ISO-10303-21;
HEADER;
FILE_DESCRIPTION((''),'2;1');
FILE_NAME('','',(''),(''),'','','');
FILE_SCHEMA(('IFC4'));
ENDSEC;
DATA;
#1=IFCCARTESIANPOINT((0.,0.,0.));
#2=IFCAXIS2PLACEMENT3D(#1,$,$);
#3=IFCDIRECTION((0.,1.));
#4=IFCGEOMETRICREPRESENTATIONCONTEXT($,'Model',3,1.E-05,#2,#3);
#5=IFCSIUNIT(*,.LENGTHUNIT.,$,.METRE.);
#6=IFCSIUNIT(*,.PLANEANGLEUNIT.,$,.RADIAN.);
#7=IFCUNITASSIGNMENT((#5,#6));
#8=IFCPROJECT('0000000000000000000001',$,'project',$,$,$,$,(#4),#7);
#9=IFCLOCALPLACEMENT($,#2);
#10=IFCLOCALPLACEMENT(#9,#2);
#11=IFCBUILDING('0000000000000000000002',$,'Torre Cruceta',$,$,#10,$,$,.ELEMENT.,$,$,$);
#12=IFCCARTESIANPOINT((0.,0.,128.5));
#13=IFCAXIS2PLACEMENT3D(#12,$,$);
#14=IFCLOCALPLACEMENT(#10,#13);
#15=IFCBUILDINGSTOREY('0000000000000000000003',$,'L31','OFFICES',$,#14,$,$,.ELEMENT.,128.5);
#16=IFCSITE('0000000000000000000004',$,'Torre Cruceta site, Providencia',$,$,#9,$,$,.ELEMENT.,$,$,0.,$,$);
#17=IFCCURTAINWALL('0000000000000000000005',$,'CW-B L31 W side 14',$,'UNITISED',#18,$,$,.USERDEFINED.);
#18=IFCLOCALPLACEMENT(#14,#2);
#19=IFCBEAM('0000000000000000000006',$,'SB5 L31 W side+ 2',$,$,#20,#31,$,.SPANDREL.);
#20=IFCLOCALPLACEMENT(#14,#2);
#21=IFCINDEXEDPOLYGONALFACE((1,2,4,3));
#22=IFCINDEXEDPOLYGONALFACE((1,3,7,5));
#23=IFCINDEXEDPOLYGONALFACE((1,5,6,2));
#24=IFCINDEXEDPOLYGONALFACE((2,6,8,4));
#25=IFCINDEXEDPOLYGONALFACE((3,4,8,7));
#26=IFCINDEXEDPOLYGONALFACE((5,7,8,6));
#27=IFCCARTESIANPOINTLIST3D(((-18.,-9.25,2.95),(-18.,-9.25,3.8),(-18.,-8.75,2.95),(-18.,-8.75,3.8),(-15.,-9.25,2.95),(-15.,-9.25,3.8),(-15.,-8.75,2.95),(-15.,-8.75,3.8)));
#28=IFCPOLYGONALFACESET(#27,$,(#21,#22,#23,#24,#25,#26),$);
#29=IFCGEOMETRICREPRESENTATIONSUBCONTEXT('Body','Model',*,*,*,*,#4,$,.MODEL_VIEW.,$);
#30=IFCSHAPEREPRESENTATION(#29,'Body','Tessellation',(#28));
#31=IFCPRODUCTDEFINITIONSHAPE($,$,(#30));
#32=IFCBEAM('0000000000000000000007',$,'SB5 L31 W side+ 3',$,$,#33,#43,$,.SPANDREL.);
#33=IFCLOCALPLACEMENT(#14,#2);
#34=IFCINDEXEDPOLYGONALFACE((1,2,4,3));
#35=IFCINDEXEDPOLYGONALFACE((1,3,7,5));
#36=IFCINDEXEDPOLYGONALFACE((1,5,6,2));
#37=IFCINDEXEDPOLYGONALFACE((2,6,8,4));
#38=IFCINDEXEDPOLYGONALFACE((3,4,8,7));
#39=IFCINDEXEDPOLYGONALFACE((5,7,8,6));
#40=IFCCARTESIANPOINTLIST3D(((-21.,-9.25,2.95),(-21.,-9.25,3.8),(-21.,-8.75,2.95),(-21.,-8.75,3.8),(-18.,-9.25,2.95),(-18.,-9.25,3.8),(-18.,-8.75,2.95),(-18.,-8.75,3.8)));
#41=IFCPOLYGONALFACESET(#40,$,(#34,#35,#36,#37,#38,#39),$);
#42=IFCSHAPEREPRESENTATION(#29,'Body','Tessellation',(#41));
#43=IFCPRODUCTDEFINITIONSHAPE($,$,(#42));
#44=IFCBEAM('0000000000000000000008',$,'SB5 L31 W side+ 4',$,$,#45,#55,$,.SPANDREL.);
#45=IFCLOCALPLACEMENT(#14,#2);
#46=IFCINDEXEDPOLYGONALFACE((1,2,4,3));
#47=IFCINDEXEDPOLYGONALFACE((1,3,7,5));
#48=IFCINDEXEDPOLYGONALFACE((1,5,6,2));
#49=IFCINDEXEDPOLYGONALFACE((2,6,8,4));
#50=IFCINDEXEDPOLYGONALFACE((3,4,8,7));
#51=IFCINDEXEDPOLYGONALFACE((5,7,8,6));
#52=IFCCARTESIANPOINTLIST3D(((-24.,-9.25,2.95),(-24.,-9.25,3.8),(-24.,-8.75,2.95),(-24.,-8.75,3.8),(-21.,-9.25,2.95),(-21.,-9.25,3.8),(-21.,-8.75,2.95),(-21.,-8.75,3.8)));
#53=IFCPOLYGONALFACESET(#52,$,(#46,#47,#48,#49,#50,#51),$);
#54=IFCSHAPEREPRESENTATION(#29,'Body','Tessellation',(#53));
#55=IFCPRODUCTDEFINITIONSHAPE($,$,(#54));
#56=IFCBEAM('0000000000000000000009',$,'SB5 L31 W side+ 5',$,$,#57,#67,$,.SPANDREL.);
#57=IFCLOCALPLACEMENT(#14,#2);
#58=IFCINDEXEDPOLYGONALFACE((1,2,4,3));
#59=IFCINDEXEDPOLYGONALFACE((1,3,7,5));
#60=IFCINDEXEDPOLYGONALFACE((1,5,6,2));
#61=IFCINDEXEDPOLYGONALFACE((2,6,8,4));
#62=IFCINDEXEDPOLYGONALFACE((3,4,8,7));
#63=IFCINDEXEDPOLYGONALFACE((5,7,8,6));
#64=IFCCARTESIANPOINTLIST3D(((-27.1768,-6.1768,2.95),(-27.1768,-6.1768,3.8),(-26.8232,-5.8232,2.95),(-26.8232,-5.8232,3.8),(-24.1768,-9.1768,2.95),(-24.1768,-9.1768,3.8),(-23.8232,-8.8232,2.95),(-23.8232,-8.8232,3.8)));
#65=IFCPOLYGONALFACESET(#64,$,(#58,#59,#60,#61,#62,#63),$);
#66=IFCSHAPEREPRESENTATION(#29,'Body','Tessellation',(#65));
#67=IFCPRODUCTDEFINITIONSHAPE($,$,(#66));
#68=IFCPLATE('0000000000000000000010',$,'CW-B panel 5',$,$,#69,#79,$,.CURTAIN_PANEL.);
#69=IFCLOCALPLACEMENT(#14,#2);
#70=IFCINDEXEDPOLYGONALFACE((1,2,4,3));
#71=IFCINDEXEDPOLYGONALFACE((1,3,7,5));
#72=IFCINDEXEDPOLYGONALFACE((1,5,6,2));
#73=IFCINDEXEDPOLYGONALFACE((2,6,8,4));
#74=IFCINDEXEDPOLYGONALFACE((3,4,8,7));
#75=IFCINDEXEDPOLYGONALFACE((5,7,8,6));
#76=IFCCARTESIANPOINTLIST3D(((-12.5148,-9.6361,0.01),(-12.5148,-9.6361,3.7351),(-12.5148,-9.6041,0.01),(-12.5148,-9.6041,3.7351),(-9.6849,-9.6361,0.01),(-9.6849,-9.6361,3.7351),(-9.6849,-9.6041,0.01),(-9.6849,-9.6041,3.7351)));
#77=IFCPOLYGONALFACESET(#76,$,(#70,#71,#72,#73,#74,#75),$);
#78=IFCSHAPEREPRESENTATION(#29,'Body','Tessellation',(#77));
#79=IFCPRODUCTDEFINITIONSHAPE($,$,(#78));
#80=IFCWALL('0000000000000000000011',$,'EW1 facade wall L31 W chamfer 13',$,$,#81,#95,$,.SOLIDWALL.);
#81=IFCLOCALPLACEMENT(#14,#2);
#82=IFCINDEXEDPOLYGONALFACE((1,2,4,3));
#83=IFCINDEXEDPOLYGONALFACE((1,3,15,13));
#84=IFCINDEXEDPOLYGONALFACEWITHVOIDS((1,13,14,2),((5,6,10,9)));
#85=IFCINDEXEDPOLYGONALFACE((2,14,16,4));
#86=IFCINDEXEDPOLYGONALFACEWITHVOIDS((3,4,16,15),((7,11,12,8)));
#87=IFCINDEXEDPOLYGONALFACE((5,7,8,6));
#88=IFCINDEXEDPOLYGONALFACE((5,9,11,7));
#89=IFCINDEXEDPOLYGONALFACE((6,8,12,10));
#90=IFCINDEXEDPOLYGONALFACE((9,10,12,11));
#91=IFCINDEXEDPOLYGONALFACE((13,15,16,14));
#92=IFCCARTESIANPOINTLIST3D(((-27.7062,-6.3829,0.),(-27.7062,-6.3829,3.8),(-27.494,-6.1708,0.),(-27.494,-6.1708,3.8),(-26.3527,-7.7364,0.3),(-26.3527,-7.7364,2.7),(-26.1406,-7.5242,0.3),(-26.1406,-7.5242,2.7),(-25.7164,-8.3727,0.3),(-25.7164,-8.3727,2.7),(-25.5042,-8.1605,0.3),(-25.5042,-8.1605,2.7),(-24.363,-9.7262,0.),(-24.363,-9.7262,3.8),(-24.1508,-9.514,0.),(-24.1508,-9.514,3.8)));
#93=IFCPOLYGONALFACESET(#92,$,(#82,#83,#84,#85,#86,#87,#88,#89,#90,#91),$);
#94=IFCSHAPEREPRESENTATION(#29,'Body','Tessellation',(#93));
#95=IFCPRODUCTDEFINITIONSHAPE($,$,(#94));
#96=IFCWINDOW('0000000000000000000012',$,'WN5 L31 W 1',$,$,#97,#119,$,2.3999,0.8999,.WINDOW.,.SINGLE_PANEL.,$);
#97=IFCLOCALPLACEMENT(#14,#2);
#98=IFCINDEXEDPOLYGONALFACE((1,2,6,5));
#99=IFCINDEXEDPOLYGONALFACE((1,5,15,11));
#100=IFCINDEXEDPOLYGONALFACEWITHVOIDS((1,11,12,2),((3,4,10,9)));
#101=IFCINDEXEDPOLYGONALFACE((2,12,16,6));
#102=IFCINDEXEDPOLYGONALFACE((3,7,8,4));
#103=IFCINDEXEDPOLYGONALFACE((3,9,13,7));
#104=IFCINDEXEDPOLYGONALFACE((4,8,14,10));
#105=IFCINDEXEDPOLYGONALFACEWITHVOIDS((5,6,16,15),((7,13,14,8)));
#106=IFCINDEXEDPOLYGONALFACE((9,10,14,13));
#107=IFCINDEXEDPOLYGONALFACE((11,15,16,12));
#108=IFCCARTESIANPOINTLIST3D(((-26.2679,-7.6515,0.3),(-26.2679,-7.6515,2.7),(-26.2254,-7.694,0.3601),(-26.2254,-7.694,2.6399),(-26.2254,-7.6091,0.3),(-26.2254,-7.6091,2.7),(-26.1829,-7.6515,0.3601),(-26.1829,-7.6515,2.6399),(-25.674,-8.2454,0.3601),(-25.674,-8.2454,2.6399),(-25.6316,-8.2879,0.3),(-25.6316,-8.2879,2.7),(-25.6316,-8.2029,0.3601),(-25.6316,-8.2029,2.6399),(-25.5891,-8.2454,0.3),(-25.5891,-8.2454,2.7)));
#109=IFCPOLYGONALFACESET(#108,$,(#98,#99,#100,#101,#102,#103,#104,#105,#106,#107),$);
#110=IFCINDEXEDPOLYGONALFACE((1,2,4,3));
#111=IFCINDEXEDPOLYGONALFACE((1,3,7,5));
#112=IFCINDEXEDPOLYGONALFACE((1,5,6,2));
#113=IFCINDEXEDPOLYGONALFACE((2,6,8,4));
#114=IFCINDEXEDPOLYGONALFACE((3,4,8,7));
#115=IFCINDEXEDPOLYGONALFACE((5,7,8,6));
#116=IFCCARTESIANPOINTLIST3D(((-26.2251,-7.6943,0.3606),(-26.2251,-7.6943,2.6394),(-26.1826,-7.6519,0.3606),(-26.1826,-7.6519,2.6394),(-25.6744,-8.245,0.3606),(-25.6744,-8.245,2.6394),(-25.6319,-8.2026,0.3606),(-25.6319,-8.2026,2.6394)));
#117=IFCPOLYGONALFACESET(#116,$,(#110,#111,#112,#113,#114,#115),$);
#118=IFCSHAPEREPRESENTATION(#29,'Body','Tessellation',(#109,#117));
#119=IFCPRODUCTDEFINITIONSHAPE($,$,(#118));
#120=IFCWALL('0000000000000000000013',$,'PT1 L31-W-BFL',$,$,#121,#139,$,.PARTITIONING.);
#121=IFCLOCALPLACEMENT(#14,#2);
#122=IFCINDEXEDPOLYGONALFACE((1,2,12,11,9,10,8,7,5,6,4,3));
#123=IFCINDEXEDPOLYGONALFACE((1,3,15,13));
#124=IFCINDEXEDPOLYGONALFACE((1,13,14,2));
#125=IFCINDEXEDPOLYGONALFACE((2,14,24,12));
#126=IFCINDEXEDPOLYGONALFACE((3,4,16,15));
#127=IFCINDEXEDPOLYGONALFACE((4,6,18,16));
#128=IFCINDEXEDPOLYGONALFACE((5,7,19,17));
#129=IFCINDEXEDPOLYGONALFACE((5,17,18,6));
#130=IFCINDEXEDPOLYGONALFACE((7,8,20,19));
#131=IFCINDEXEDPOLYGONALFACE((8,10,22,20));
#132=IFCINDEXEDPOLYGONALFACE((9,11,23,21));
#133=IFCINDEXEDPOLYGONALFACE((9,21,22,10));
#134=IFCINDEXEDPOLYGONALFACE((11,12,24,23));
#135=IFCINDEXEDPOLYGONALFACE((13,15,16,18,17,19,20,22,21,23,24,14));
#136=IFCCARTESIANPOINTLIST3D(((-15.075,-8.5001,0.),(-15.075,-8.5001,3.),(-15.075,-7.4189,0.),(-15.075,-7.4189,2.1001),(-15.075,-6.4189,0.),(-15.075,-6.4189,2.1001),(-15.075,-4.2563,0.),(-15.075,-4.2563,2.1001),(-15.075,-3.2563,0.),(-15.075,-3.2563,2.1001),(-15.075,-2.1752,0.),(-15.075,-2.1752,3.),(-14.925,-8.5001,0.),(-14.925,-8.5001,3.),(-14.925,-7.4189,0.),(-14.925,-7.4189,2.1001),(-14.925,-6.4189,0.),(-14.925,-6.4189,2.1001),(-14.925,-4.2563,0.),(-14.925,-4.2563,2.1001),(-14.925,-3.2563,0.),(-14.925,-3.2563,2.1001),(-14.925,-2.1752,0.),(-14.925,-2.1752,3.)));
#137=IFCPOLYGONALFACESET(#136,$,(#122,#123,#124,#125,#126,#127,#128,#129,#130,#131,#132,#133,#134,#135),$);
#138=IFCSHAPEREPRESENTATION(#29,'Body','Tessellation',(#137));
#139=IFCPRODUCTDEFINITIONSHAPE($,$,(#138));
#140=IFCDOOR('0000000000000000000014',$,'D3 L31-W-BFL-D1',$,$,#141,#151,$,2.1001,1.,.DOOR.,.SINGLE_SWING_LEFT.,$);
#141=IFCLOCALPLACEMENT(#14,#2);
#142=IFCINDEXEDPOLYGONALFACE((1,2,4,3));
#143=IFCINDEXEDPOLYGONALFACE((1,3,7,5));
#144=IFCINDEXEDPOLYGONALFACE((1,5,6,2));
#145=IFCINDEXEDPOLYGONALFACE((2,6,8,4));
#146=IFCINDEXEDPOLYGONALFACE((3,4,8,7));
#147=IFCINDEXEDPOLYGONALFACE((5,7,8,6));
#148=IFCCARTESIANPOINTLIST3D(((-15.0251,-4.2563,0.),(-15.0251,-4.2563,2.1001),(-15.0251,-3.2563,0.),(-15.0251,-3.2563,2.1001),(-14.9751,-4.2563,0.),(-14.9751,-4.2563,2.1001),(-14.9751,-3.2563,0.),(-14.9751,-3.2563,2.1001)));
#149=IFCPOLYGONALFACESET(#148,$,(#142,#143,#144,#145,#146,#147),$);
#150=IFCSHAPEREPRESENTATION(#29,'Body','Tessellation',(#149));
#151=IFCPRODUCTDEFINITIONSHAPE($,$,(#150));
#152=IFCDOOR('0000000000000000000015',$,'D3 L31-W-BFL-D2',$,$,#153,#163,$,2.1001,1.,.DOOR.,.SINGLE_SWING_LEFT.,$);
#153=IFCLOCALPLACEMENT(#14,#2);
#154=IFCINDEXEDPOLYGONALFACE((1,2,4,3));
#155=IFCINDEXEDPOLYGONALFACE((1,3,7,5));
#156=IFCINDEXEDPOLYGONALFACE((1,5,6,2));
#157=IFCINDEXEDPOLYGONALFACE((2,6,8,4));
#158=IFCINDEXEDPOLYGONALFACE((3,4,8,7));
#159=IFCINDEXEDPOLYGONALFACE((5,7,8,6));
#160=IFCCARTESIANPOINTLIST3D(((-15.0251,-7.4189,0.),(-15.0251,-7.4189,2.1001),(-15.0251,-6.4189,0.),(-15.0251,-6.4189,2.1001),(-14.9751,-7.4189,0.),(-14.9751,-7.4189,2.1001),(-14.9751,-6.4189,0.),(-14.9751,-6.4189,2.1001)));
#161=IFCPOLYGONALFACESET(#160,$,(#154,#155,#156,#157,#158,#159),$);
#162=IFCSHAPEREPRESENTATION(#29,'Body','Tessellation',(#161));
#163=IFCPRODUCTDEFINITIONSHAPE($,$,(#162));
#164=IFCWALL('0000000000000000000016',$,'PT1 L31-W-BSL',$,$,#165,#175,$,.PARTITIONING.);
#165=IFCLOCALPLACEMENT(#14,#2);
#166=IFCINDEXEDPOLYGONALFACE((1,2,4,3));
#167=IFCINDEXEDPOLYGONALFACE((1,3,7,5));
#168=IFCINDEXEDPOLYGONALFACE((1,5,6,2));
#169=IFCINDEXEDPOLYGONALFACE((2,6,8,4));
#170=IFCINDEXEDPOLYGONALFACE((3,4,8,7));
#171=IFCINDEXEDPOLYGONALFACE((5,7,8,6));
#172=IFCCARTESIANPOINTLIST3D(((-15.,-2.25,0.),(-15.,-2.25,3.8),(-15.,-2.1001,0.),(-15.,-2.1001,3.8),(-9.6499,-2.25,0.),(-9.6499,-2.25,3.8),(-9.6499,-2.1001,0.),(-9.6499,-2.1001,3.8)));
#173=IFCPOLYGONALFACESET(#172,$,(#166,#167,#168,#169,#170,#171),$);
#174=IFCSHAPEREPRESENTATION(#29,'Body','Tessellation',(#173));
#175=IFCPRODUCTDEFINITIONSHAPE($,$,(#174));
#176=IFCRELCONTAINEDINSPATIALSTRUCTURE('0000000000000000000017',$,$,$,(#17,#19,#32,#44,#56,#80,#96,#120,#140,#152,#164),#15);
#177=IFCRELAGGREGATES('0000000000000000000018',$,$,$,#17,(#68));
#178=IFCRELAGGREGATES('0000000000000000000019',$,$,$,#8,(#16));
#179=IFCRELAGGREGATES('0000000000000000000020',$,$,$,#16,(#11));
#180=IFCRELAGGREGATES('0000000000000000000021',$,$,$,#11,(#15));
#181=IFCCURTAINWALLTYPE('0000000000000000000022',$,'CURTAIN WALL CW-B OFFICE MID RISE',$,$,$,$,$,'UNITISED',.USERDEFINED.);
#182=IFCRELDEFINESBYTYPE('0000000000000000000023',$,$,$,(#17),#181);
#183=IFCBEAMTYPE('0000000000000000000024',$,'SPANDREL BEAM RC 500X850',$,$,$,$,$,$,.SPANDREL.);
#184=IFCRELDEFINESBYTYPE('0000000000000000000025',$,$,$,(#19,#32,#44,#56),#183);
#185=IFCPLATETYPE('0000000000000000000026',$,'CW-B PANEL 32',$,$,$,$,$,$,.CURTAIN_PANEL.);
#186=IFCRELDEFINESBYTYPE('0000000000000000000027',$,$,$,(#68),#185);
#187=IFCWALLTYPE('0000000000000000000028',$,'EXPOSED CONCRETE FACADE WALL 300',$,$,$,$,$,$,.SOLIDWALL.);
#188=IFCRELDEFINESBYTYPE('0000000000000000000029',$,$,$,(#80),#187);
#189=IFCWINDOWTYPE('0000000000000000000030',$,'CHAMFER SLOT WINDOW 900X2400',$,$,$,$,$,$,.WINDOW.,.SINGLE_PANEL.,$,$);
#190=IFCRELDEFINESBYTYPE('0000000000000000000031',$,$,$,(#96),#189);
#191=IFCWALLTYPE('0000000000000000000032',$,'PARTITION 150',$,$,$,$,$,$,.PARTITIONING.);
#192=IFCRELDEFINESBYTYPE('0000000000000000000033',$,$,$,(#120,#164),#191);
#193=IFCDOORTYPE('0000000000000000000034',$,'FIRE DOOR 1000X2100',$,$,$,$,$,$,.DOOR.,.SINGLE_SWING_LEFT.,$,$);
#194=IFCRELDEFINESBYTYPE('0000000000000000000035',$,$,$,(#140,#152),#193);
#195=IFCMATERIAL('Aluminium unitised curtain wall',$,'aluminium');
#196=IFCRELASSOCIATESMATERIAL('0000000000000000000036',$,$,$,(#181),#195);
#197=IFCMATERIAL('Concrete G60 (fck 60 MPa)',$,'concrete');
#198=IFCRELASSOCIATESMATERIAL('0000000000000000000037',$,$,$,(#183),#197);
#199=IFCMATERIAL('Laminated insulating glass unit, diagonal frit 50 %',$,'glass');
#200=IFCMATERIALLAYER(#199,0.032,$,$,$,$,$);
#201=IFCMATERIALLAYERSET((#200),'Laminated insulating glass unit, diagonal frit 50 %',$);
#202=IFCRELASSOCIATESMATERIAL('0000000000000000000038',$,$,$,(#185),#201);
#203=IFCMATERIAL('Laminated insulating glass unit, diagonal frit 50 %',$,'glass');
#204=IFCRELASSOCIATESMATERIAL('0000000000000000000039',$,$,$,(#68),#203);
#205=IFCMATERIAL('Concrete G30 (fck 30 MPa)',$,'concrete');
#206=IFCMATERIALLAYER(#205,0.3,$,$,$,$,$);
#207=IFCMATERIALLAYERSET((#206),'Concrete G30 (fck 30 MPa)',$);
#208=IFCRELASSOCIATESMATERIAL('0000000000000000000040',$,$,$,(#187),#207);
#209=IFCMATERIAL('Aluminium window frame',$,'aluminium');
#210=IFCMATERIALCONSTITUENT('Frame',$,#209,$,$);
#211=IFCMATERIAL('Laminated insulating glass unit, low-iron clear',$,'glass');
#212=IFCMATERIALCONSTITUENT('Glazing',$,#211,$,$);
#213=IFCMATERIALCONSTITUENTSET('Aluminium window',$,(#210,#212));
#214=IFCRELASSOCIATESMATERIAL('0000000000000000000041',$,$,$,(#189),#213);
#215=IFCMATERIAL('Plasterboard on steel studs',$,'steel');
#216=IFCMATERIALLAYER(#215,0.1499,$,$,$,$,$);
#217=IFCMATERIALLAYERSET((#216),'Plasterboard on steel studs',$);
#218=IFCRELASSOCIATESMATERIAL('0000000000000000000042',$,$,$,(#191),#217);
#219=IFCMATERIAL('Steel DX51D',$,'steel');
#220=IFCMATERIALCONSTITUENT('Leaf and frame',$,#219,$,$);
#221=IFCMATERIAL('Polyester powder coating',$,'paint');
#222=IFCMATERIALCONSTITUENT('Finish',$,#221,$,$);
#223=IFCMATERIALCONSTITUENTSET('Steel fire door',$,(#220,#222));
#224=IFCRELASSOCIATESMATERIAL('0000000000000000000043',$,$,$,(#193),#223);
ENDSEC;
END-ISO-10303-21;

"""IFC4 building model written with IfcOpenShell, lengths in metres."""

from ifc_helpers import new_model, si_unit, direction, frame, frame_2d, origin, origin_2d, place, context, subcontext, project, spatial, rectangle, hollow_rectangle, extrude, material, layer, layer_set, constituent, constituent_set, material_profile, profile_set, type_object, element, fill, aggregate, save


model = new_model("IFC4")

# Units and contexts
model_context = context("Model", 3, precision=1e-05, world=origin(), true_north=direction((0.0, 1.0)))
body_context = subcontext(model_context, "Body", "Model", "MODEL_VIEW")
ifc_project = project(units=[si_unit("LENGTHUNIT", "METRE"), si_unit("PLANEANGLEUNIT", "RADIAN")], contexts=[model_context])

# Site, building, storey
site_placement = place(None, origin())
site = spatial("IfcSite", under=ifc_project, at=site_placement, Name="Torre Cruceta site, Providencia", CompositionType="ELEMENT", RefElevation=0.0)
building_placement = place(site_placement, origin())
building = spatial("IfcBuilding", under=site, at=building_placement, Name="Torre Cruceta", CompositionType="ELEMENT")
storey_placement = place(building_placement, frame((0.0, 0.0, 128.5)))
storey = spatial("IfcBuildingStorey", under=building, at=storey_placement, Name="L31", Description="OFFICES", CompositionType="ELEMENT", Elevation=128.5)

# Curtain wall
ifc_material_1 = material(Name="Aluminium unitised curtain wall", Category="aluminium")
curtain_wall_type = type_object("IfcCurtainWallType", Name="CURTAIN WALL CW-B OFFICE MID RISE", ElementType="UNITISED", PredefinedType="USERDEFINED", material=ifc_material_1)
curtain_wall_placement = place(storey_placement, origin())
curtain_wall = element("IfcCurtainWall", 1, at=curtain_wall_placement, inside=storey, type_object=curtain_wall_type, Name="CW-B L31 W side 14", ObjectType="UNITISED", PredefinedType="USERDEFINED")

# Beams
ifc_material_2 = material(Name="Concrete G60 (fck 60 MPa)", Category="concrete")
ifc_material_profile_1 = material_profile(ifc_material_2, rectangle(XDim=0.5, YDim=0.8501, at=origin_2d()), Name="RC 500X850")
ifc_profile_set_1 = profile_set([ifc_material_profile_1], Name="Concrete G60 (fck 60 MPa)")
beam_type_1 = type_object("IfcBeamType", Name="SPANDREL BEAM RC 500X850", PredefinedType="SPANDREL", material=ifc_profile_set_1)
for number, where, z_axis, x_axis, name in (
    (2, (-15.0, -9.0, 3.375), (-1.0, 0.0, 0.0), (0.0, -1.0, 0.0), "SB5 L31 W side+ 2"),
    (3, (-18.0, -9.0, 3.375), (-1.0, 0.0, 0.0), (0.0, -1.0, 0.0), "SB5 L31 W side+ 3"),
    (4, (-21.0, -9.0, 3.375), (-1.0, 0.0, 0.0), (0.0, -1.0, 0.0), "SB5 L31 W side+ 4"),
):
    element("IfcBeam", number, at=place(storey_placement, frame(where, z_axis=z_axis, x_axis=x_axis)), inside=storey, type_object=beam_type_1, Name=name, PredefinedType="SPANDREL", context=body_context, shape_type="SweptSolid", body=[
        extrude(rectangle(XDim=0.5, YDim=0.8501, at=origin_2d()), origin(), (0.0, 0.0, 1.0), 3.0),
    ])
beam_1_placement = place(storey_placement, frame((-24.0, -9.0, 3.375), z_axis=(-0.707107, 0.707107, 0.0), x_axis=(-0.707107, -0.707107, 0.0)))
element("IfcBeam", 5, at=beam_1_placement, inside=storey, type_object=beam_type_1, Name="SB5 L31 W side+ 5", PredefinedType="SPANDREL", context=body_context, shape_type="SweptSolid", body=[
    extrude(rectangle(XDim=0.5, YDim=0.8501, at=origin_2d()), origin(), (0.0, 0.0, 1.0), 4.2427),
])

# Plate
ifc_material_3 = material(Name="Laminated insulating glass unit, diagonal frit 50 %", Category="glass")
ifc_material_4 = material(Name="Laminated insulating glass unit, diagonal frit 50 %", Category="glass")
ifc_layer_1 = layer(ifc_material_4, 0.032)
ifc_layer_set_1 = layer_set([ifc_layer_1], Name="Laminated insulating glass unit, diagonal frit 50 %")
plate_type = type_object("IfcPlateType", Name="CW-B PANEL 32", PredefinedType="CURTAIN_PANEL", material=ifc_layer_set_1)
plate_placement = place(storey_placement, frame((-11.0999, -9.6201, 0.01), z_axis=(0.0, 0.0, 1.0), x_axis=(1.0, 0.0, 0.0)))
plate = element("IfcPlate", 6, at=plate_placement, type_object=plate_type, material=ifc_material_3, Name="CW-B panel 5", PredefinedType="CURTAIN_PANEL", context=body_context, shape_type="SweptSolid", body=[
    extrude(rectangle(XDim=2.8298, YDim=0.032, at=origin_2d()), origin(), (0.0, 0.0, 1.0), 3.7251),
])
aggregate(curtain_wall, [plate])

# Wall, opening, window
ifc_material_5 = material(Name="Concrete G30 (fck 30 MPa)", Category="concrete")
ifc_layer_2 = layer(ifc_material_5, 0.3)
ifc_layer_set_2 = layer_set([ifc_layer_2], Name="Concrete G30 (fck 30 MPa)")
wall_type_1 = type_object("IfcWallType", Name="EXPOSED CONCRETE FACADE WALL 300", PredefinedType="SOLIDWALL", material=ifc_layer_set_2)
wall_1_placement = place(storey_placement, frame((-27.6001, -6.2769, 0.0), z_axis=(0.0, 0.0, 1.0), x_axis=(0.707107, -0.707107, 0.0)))
wall_1 = element("IfcWall", 7, at=wall_1_placement, inside=storey, type_object=wall_type_1, Name="EW1 facade wall L31 W chamfer 13", PredefinedType="SOLIDWALL", context=body_context, shape_type="SweptSolid", body=[
    extrude(rectangle(XDim=4.728, YDim=0.3, at=frame_2d((2.364, 0.0))), origin(), (0.0, 0.0, 1.0), 3.8),
])
opening_1_placement = place(wall_1_placement, frame((1.9141, 0.0, 0.3)))
opening_1 = element("IfcOpeningElement", 8, at=opening_1_placement, cuts=wall_1, PredefinedType="OPENING", context=body_context, shape_type="SweptSolid", body=[
    extrude(rectangle(XDim=0.8999, YDim=2.3999, at=frame_2d((0.45, 1.2))), frame((0.0, 0.1599, 0.0), z_axis=(0.0, -1.0, 0.0), x_axis=(1.0, 0.0, 0.0)), (0.0, 0.0, 1.0), 0.3201),
])
ifc_material_6 = material(Name="Aluminium window frame", Category="aluminium")
ifc_constituent_1 = constituent(ifc_material_6, Name="Frame")
ifc_material_7 = material(Name="Laminated insulating glass unit, low-iron clear", Category="glass")
ifc_constituent_2 = constituent(ifc_material_7, Name="Glazing")
ifc_constituent_set_1 = constituent_set(constituents=[ifc_constituent_1, ifc_constituent_2], Name="Aluminium window")
window_type = type_object("IfcWindowType", Name="CHAMFER SLOT WINDOW 900X2400", PartitioningType="SINGLE_PANEL", PredefinedType="WINDOW", material=ifc_constituent_set_1)
window_placement = place(opening_1_placement, origin())
window = element("IfcWindow", 9, at=window_placement, inside=storey, type_object=window_type, Name="WN5 L31 W 1", OverallHeight=2.3999, OverallWidth=0.8999, PartitioningType="SINGLE_PANEL", PredefinedType="WINDOW", context=body_context, shape_type="SweptSolid", body=[
    extrude(hollow_rectangle(XDim=0.8999, YDim=2.3999, WallThickness=0.0601, at=frame_2d((0.45, 1.2))), frame((0.0, 0.03, 0.0), z_axis=(0.0, -1.0, 0.0), x_axis=(1.0, 0.0, 0.0)), (0.0, 0.0, 1.0), 0.0601),
    extrude(rectangle(XDim=0.7788, YDim=2.2788, at=frame_2d((0.45, 1.2))), frame((0.0, 0.03, 0.0), z_axis=(0.0, -1.0, 0.0), x_axis=(1.0, 0.0, 0.0)), (0.0, 0.0, 1.0), 0.0601),
])
fill(opening_1, window)

# Wall, openings, doors
ifc_material_8 = material(Name="Plasterboard on steel studs", Category="steel")
ifc_layer_3 = layer(ifc_material_8, 0.1499)
ifc_layer_set_3 = layer_set([ifc_layer_3], Name="Plasterboard on steel studs")
wall_type_2 = type_object("IfcWallType", Name="PARTITION 150", PredefinedType="PARTITIONING", material=ifc_layer_set_3)
wall_2_placement = place(storey_placement, frame((-15.0, -2.175, 0.0), z_axis=(0.0, 0.0, 1.0), x_axis=(0.0, -1.0, 0.0)))
wall_2 = element("IfcWall", 10, at=wall_2_placement, inside=storey, type_object=wall_type_2, Name="PT1 L31-W-BFL", PredefinedType="PARTITIONING", context=body_context, shape_type="SweptSolid", body=[
    extrude(rectangle(XDim=6.325, YDim=0.1499, at=frame_2d((3.1626, 0.0))), origin(), (0.0, 0.0, 1.0), 3.0),
])
opening_2_placement = place(wall_2_placement, frame((1.0813, 0.0, 0.0)))
opening_2 = element("IfcOpeningElement", 11, at=opening_2_placement, cuts=wall_2, PredefinedType="OPENING", context=body_context, shape_type="SweptSolid", body=[
    extrude(rectangle(XDim=1.0, YDim=2.1001, at=frame_2d((0.5, 1.05))), frame((0.0, 0.085, 0.0), z_axis=(0.0, -1.0, 0.0), x_axis=(1.0, 0.0, 0.0)), (0.0, 0.0, 1.0), 0.1699),
])
opening_3_placement = place(wall_2_placement, frame((4.2439, 0.0, 0.0)))
opening_3 = element("IfcOpeningElement", 12, at=opening_3_placement, cuts=wall_2, PredefinedType="OPENING", context=body_context, shape_type="SweptSolid", body=[
    extrude(rectangle(XDim=1.0, YDim=2.1001, at=frame_2d((0.5, 1.05))), frame((0.0, 0.085, 0.0), z_axis=(0.0, -1.0, 0.0), x_axis=(1.0, 0.0, 0.0)), (0.0, 0.0, 1.0), 0.1699),
])
ifc_material_9 = material(Name="Steel DX51D", Category="steel")
ifc_constituent_3 = constituent(ifc_material_9, Name="Leaf and frame")
ifc_material_10 = material(Name="Polyester powder coating", Category="paint")
ifc_constituent_4 = constituent(ifc_material_10, Name="Finish")
ifc_constituent_set_2 = constituent_set(constituents=[ifc_constituent_3, ifc_constituent_4], Name="Steel fire door")
door_type_1 = type_object("IfcDoorType", Name="FIRE DOOR 1000X2100", OperationType="SINGLE_SWING_LEFT", PredefinedType="DOOR", material=ifc_constituent_set_2)
door_1_placement = place(opening_2_placement, origin())
door_1 = element("IfcDoor", 13, at=door_1_placement, inside=storey, type_object=door_type_1, Name="D3 L31-W-BFL-D1", OperationType="SINGLE_SWING_LEFT", OverallHeight=2.1001, OverallWidth=1.0, PredefinedType="DOOR", context=body_context, shape_type="SweptSolid", body=[
    extrude(rectangle(XDim=1.0, YDim=2.1001, at=frame_2d((0.5, 1.05))), frame((0.0, 0.0249, 0.0), z_axis=(0.0, -1.0, 0.0), x_axis=(1.0, 0.0, 0.0)), (0.0, 0.0, 1.0), 0.05),
])
fill(opening_2, door_1)
door_2_placement = place(opening_3_placement, origin())
door_2 = element("IfcDoor", 14, at=door_2_placement, inside=storey, type_object=door_type_1, Name="D3 L31-W-BFL-D2", OperationType="SINGLE_SWING_LEFT", OverallHeight=2.1001, OverallWidth=1.0, PredefinedType="DOOR", context=body_context, shape_type="SweptSolid", body=[
    extrude(rectangle(XDim=1.0, YDim=2.1001, at=frame_2d((0.5, 1.05))), frame((0.0, 0.0249, 0.0), z_axis=(0.0, -1.0, 0.0), x_axis=(1.0, 0.0, 0.0)), (0.0, 0.0, 1.0), 0.05),
])
fill(opening_3, door_2)

# Wall
wall_3_placement = place(storey_placement, frame((-9.6499, -2.175, 0.0), z_axis=(0.0, 0.0, 1.0), x_axis=(-1.0, 0.0, 0.0)))
element("IfcWall", 15, at=wall_3_placement, inside=storey, type_object=wall_type_2, Name="PT1 L31-W-BSL", PredefinedType="PARTITIONING", context=body_context, shape_type="SweptSolid", body=[
    extrude(rectangle(XDim=5.3501, YDim=0.1499, at=frame_2d((2.675, 0.0))), origin(), (0.0, 0.0, 1.0), 3.8),
])

save(model, "model.ifc")
